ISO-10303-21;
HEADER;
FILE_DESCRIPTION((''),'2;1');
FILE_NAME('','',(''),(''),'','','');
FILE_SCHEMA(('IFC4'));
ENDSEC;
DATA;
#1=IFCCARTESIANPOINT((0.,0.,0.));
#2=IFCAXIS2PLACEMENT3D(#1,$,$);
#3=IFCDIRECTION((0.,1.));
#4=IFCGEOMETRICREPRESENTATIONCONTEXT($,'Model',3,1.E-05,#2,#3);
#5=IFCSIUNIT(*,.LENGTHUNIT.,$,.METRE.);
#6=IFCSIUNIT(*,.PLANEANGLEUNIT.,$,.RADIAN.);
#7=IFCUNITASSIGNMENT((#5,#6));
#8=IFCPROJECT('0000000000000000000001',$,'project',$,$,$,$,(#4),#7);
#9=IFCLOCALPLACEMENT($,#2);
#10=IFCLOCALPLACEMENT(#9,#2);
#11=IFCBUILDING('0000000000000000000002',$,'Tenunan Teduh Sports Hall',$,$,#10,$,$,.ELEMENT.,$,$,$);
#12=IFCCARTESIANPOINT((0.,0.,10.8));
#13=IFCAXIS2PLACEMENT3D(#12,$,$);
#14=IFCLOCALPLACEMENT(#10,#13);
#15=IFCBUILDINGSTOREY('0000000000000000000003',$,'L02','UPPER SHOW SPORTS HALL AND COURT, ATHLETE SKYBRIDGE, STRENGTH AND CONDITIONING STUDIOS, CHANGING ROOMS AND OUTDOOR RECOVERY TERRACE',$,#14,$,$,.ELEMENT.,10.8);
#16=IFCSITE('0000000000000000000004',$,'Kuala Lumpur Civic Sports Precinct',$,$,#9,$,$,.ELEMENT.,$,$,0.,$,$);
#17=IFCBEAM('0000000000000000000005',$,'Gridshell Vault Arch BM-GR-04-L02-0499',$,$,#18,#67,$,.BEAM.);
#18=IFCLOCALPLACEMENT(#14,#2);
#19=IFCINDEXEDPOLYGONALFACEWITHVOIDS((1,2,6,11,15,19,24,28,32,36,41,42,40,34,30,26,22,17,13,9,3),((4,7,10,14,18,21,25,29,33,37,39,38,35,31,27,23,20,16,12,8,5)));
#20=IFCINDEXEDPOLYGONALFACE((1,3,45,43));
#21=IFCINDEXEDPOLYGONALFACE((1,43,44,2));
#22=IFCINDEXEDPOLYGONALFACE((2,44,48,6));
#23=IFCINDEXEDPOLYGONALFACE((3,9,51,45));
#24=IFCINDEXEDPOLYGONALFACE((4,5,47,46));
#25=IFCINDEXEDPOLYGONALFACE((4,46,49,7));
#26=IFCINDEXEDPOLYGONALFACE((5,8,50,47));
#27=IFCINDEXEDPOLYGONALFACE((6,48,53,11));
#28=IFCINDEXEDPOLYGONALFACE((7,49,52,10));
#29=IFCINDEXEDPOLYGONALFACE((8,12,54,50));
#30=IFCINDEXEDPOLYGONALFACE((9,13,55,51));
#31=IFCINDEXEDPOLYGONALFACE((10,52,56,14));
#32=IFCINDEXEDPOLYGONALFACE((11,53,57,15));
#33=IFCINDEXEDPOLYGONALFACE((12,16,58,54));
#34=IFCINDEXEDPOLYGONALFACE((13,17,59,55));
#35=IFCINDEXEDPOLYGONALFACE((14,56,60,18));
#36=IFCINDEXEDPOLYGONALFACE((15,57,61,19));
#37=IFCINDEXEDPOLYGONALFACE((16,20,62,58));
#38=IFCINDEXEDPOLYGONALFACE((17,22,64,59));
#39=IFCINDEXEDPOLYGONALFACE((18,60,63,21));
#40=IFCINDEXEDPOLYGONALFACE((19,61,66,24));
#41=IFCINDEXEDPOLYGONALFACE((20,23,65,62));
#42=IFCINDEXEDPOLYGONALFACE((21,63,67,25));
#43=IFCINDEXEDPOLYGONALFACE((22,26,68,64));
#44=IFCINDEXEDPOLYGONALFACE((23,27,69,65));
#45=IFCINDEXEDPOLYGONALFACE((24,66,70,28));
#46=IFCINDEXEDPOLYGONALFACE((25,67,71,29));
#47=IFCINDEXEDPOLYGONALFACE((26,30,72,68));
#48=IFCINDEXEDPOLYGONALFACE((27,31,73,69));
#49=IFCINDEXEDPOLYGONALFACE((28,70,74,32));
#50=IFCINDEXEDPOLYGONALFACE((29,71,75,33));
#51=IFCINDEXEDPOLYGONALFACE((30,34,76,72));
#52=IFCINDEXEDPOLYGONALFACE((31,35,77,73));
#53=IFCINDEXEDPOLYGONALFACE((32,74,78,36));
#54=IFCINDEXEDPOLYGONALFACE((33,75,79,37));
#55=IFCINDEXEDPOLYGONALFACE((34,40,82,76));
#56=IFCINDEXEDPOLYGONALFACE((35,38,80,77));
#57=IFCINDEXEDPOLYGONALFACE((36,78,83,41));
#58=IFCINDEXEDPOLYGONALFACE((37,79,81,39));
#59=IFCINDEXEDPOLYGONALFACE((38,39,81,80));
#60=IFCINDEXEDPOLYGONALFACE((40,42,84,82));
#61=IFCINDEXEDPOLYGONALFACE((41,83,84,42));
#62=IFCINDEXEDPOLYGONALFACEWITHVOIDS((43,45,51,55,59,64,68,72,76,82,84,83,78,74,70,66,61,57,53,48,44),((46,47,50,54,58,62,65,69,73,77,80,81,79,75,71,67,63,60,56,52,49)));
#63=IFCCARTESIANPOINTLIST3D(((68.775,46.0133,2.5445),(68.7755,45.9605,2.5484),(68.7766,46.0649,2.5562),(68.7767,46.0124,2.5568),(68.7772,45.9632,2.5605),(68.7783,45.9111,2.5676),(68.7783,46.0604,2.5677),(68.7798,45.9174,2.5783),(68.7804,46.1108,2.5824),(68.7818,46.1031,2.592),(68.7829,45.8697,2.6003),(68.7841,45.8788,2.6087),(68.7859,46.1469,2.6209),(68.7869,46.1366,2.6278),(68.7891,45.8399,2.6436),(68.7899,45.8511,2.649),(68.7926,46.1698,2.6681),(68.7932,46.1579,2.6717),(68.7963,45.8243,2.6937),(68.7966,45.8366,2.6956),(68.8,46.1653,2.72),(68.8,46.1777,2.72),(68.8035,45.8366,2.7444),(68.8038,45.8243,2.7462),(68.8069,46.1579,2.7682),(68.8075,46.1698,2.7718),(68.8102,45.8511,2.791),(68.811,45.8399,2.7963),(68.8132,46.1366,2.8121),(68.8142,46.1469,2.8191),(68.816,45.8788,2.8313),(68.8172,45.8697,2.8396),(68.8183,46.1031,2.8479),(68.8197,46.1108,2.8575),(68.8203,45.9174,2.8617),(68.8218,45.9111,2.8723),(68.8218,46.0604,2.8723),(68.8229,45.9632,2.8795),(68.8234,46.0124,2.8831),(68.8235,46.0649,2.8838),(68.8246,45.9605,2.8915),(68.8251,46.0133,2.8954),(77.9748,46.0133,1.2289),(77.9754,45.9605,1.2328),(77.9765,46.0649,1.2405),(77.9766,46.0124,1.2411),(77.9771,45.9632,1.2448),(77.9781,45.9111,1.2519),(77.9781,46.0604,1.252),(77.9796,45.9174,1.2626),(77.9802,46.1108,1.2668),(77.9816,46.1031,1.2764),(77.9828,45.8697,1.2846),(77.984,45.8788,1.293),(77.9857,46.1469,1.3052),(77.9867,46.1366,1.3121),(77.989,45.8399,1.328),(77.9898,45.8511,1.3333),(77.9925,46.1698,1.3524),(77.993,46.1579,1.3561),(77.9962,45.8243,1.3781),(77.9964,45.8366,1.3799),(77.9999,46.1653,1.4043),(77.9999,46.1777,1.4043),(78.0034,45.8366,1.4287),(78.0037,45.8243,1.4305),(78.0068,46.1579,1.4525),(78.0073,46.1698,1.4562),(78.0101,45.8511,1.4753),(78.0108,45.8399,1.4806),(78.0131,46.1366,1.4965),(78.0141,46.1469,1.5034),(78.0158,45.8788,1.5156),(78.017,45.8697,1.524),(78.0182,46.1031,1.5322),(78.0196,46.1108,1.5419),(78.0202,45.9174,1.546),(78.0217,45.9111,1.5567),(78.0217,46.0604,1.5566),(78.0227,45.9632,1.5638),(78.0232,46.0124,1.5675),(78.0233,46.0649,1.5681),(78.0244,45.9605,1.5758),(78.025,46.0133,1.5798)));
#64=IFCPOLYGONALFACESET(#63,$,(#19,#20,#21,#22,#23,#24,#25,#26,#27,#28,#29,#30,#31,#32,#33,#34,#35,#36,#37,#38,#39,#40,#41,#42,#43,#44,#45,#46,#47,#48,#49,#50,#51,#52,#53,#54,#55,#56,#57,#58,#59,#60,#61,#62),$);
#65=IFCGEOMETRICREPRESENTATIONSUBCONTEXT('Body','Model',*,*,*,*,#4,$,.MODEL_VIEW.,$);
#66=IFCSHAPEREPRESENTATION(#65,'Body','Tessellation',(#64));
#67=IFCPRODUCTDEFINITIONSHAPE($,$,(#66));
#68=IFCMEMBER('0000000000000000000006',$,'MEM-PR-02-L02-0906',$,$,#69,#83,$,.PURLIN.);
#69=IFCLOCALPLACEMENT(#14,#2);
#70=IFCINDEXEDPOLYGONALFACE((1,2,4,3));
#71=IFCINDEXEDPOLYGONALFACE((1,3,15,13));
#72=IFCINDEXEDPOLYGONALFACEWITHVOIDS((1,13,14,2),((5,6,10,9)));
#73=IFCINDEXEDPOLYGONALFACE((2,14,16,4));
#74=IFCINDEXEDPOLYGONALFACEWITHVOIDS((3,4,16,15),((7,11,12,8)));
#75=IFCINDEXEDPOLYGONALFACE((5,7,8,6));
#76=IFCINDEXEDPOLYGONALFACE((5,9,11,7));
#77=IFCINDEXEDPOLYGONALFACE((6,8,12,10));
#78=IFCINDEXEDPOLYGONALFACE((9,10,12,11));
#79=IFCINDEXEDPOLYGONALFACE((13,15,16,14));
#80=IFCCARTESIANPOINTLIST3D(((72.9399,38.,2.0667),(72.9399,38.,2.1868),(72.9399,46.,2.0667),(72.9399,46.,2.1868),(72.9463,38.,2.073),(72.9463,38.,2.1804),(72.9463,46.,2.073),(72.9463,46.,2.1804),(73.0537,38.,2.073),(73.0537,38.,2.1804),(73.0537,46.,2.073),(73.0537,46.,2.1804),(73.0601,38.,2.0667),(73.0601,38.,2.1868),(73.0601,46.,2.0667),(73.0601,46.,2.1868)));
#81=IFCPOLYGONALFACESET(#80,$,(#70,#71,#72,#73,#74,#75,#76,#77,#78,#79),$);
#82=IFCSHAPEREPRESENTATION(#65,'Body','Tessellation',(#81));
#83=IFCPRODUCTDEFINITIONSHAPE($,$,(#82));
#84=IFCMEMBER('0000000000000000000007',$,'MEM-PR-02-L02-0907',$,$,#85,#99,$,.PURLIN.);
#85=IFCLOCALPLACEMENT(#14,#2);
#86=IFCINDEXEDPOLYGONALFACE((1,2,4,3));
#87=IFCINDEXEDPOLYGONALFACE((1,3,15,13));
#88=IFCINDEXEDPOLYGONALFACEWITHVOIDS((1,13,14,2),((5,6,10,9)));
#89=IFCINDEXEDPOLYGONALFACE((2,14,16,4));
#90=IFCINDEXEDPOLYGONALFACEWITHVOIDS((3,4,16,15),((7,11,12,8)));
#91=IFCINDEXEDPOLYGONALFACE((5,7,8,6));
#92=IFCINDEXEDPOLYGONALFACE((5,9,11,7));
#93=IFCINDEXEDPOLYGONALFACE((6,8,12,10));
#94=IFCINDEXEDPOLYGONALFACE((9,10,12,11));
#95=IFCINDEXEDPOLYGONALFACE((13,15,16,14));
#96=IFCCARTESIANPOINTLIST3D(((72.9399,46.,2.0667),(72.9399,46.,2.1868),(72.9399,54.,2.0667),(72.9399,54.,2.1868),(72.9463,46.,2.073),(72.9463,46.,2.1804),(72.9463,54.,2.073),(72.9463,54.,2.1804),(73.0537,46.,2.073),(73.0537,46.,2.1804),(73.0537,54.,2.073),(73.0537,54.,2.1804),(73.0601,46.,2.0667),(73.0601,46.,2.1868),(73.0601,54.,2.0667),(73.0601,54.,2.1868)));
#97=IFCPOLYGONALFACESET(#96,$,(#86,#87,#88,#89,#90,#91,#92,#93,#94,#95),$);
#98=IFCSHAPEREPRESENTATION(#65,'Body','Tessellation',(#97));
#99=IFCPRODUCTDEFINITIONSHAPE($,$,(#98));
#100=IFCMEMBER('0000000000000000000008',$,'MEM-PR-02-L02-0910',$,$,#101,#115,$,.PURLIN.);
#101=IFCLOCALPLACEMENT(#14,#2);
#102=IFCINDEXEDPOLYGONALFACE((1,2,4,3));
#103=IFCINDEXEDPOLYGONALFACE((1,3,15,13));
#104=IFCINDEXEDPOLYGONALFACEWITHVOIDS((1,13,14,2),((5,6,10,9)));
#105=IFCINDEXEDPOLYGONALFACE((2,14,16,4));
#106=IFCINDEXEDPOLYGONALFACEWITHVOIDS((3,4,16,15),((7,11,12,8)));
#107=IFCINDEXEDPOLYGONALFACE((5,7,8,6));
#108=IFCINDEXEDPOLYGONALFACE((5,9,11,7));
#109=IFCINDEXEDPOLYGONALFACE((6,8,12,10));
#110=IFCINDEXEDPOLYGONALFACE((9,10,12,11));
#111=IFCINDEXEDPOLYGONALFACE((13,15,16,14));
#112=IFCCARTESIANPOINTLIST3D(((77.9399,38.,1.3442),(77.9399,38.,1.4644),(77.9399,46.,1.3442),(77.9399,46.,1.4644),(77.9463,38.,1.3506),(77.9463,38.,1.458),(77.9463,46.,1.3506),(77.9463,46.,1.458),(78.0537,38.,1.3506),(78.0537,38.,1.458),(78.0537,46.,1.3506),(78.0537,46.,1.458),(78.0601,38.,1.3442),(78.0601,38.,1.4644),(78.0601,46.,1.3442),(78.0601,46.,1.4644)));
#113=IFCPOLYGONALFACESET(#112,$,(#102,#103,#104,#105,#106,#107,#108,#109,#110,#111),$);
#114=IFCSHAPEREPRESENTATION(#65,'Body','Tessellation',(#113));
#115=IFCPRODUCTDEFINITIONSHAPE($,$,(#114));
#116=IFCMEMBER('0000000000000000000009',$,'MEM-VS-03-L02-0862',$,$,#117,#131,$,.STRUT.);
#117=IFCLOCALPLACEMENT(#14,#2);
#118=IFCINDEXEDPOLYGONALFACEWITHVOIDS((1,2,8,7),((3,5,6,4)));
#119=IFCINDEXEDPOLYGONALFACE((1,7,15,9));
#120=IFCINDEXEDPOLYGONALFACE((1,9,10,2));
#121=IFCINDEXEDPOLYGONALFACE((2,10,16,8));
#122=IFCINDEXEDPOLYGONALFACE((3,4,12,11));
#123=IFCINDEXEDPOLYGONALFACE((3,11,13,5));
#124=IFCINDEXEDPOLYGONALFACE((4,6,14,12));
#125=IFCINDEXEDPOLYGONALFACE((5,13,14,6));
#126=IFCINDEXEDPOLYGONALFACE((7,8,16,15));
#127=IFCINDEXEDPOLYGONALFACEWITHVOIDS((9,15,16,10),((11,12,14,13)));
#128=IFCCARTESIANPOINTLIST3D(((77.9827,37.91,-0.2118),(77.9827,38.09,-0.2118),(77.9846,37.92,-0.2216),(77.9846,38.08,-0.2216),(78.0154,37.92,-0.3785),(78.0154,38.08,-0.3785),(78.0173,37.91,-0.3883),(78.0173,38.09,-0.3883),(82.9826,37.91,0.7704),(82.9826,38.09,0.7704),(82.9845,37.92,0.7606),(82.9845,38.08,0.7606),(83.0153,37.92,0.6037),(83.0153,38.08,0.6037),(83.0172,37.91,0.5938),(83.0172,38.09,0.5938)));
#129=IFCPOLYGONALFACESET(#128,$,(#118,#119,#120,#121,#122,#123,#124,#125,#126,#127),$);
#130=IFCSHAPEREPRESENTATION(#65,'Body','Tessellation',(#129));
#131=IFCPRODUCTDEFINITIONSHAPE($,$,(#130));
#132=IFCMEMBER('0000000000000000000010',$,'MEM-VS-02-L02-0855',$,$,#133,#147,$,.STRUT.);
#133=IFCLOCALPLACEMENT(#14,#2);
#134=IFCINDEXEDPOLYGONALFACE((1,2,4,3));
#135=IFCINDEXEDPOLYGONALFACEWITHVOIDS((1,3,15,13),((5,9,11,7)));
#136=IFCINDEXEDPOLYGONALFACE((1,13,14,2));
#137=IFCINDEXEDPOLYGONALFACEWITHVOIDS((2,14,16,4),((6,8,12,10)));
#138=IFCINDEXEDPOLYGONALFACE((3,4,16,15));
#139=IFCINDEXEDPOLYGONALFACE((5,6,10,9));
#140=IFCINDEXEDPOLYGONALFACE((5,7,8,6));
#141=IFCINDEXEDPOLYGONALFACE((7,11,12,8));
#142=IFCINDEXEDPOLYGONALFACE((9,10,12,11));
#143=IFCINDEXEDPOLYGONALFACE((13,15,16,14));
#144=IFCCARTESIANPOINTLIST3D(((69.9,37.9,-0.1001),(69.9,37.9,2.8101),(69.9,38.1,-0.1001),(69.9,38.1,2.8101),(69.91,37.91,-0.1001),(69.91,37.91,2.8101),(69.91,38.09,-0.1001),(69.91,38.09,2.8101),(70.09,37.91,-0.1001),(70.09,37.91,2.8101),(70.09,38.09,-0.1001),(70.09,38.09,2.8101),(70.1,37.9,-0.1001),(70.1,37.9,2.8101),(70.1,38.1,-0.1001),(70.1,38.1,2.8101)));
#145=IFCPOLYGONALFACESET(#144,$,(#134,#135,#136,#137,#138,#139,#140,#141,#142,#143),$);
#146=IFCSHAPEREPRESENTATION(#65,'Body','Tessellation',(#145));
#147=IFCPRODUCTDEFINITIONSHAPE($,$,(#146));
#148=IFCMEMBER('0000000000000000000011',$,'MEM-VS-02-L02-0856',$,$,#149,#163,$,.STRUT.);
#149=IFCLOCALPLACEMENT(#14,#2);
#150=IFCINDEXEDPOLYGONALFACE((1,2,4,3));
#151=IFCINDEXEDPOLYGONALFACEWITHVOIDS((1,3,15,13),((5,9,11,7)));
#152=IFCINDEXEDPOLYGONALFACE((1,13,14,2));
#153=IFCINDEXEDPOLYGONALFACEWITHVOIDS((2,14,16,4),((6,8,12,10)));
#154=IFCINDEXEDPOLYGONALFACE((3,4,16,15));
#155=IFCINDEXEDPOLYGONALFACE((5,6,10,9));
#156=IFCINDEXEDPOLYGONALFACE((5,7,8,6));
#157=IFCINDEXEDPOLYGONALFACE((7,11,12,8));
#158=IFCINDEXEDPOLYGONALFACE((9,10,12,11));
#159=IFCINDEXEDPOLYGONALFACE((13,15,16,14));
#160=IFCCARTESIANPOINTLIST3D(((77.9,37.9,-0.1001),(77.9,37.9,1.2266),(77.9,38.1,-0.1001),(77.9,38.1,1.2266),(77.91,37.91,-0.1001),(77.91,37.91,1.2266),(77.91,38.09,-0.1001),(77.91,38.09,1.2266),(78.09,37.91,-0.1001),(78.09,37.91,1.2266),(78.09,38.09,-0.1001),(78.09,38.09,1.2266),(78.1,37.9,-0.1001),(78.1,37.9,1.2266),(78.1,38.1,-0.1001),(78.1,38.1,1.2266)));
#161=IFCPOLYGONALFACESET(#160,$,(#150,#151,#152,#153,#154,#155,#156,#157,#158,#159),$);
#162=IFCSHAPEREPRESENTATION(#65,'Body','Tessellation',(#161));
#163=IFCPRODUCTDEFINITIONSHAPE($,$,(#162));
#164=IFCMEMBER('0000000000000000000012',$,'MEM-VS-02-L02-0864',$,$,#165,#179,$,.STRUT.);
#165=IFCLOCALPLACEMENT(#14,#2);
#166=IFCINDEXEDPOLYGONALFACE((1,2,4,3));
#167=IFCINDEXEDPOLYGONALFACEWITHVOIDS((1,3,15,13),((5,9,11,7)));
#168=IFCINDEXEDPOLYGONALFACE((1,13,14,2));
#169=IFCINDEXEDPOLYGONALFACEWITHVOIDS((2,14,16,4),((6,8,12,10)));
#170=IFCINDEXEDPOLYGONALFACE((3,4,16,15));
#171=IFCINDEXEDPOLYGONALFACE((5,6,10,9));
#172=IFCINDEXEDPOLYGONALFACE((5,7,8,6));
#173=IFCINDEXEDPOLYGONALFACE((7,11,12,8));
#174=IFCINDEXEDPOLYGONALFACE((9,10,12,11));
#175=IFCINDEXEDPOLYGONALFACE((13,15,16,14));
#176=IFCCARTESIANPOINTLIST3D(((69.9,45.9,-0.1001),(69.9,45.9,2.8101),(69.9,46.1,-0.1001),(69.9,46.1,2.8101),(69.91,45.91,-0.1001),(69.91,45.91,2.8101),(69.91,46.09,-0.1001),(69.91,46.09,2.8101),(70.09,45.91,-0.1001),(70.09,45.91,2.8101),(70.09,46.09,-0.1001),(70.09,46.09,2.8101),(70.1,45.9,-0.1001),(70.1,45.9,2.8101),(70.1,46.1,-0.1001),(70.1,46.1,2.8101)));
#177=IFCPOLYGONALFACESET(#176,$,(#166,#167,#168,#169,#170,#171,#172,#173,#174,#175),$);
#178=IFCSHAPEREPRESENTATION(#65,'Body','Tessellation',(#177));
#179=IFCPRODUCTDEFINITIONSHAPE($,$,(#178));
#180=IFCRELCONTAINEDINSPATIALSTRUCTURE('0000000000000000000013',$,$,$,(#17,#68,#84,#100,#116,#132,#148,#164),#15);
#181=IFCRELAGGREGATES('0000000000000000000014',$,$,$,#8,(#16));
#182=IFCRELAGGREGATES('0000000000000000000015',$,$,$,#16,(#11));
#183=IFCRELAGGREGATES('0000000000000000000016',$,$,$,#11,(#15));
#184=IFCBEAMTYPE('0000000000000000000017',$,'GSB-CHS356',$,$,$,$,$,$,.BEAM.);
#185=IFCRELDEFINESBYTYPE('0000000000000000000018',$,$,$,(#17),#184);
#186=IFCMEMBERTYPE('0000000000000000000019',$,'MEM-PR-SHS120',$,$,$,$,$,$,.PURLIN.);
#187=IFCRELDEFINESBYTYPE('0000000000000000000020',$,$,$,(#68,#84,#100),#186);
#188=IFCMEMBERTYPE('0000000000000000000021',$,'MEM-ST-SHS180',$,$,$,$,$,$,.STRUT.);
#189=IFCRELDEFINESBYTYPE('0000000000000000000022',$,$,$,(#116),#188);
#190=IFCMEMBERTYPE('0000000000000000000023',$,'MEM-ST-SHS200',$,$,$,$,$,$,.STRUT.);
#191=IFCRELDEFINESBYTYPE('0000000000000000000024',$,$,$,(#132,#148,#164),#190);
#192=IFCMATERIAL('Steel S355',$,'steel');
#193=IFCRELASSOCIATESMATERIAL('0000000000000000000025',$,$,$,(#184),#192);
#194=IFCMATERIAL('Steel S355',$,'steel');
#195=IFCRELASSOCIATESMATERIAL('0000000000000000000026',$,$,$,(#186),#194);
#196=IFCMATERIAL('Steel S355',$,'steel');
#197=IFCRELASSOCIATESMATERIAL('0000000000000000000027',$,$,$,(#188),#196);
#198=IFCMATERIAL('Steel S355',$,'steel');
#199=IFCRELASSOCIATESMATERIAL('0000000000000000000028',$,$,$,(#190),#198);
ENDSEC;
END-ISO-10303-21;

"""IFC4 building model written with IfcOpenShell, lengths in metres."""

from ifc_helpers import new_model, si_unit, direction, frame, origin, origin_2d, place, context, subcontext, project, spatial, hollow_rectangle, hollow_circle, extrude, material, material_profile, profile_set, type_object, element, save


model = new_model("IFC4")

# Units and contexts
model_context = context("Model", 3, precision=1e-05, world=origin(), true_north=direction((0.0, 1.0)))
body_context = subcontext(model_context, "Body", "Model", "MODEL_VIEW")
ifc_project = project(units=[si_unit("LENGTHUNIT", "METRE"), si_unit("PLANEANGLEUNIT", "RADIAN")], contexts=[model_context])

# Site, building, storey
site_placement = place(None, origin())
site = spatial("IfcSite", under=ifc_project, at=site_placement, Name="Kuala Lumpur Civic Sports Precinct", CompositionType="ELEMENT", RefElevation=0.0)
building_placement = place(site_placement, origin())
building = spatial("IfcBuilding", under=site, at=building_placement, Name="Tenunan Teduh Sports Hall", CompositionType="ELEMENT")
storey_placement = place(building_placement, frame((0.0, 0.0, 10.8)))
storey = spatial("IfcBuildingStorey", under=building, at=storey_placement, Name="L02", Description="UPPER SHOW SPORTS HALL AND COURT, ATHLETE SKYBRIDGE, STRENGTH AND CONDITIONING STUDIOS, CHANGING ROOMS AND OUTDOOR RECOVERY TERRACE", CompositionType="ELEMENT", Elevation=10.8)

# Beam
ifc_material_1 = material(Name="Steel S355", Category="steel")
ifc_material_profile_1 = material_profile(ifc_material_1, hollow_circle(Radius=0.1777, WallThickness=0.0125, at=origin_2d()), Name="CHS 355.6x12.5")
ifc_profile_set_1 = profile_set([ifc_material_profile_1], Name="Steel S355")
beam_type_1 = type_object("IfcBeamType", Name="GSB-CHS356", PredefinedType="BEAM", material=ifc_profile_set_1)
beam_1_placement = place(storey_placement, frame((68.8, 46.0, 2.72), z_axis=(0.989928, 0.0, -0.141568), x_axis=(0.0, 1.0, 0.0)))
element("IfcBeam", 1, at=beam_1_placement, inside=storey, type_object=beam_type_1, Name="Gridshell Vault Arch BM-GR-04-L02-0499", PredefinedType="BEAM", context=body_context, shape_type="SweptSolid", body=[
    extrude(hollow_circle(Radius=0.1777, WallThickness=0.0125, at=origin_2d()), origin(), (0.0, 0.0, 1.0), 9.2935),
])

# Members
ifc_material_2 = material(Name="Steel S355", Category="steel")
ifc_material_profile_2 = material_profile(ifc_material_2, hollow_rectangle(XDim=0.1201, YDim=0.1201, WallThickness=0.0063, at=origin_2d()), Name="SHS 120x120x6.3")
ifc_profile_set_2 = profile_set([ifc_material_profile_2], Name="Steel S355")
member_type_1 = type_object("IfcMemberType", Name="MEM-PR-SHS120", PredefinedType="PURLIN", material=ifc_profile_set_2)
for number, where, z_axis, x_axis, name in (
    (2, (73.0, 38.0, 2.1267), (0.0, 1.0, 0.0), (-1.0, 0.0, 0.0), "MEM-PR-02-L02-0906"),
    (3, (73.0, 46.0, 2.1267), (0.0, 1.0, 0.0), (-1.0, 0.0, 0.0), "MEM-PR-02-L02-0907"),
    (4, (78.0, 38.0, 1.4043), (0.0, 1.0, 0.0), (-1.0, 0.0, 0.0), "MEM-PR-02-L02-0910"),
):
    element("IfcMember", number, at=place(storey_placement, frame(where, z_axis=z_axis, x_axis=x_axis)), inside=storey, type_object=member_type_1, Name=name, PredefinedType="PURLIN", context=body_context, shape_type="SweptSolid", body=[
        extrude(hollow_rectangle(XDim=0.1201, YDim=0.1201, WallThickness=0.0063, at=origin_2d()), origin(), (0.0, 0.0, 1.0), 8.0),
    ])
ifc_material_3 = material(Name="Steel S355", Category="steel")
ifc_material_profile_3 = material_profile(ifc_material_3, hollow_rectangle(XDim=0.1799, YDim=0.1799, WallThickness=0.01, at=origin_2d()), Name="SHS 180x180x10.0")
ifc_profile_set_3 = profile_set([ifc_material_profile_3], Name="Steel S355")
member_type_2 = type_object("IfcMemberType", Name="MEM-ST-SHS180", PredefinedType="STRUT", material=ifc_profile_set_3)
member_1_placement = place(storey_placement, frame((78.0, 38.0, -0.3), z_axis=(0.981248, 0.0, 0.192752), x_axis=(0.0, 1.0, 0.0)))
element("IfcMember", 5, at=member_1_placement, inside=storey, type_object=member_type_2, Name="MEM-VS-03-L02-0862", PredefinedType="STRUT", context=body_context, shape_type="SweptSolid", body=[
    extrude(hollow_rectangle(XDim=0.1799, YDim=0.1799, WallThickness=0.01, at=origin_2d()), origin(), (0.0, 0.0, 1.0), 5.0955),
])
ifc_material_4 = material(Name="Steel S355", Category="steel")
ifc_material_profile_4 = material_profile(ifc_material_4, hollow_rectangle(XDim=0.2, YDim=0.2, WallThickness=0.01, at=origin_2d()), Name="SHS 200x200x10.0")
ifc_profile_set_4 = profile_set([ifc_material_profile_4], Name="Steel S355")
member_type_3 = type_object("IfcMemberType", Name="MEM-ST-SHS200", PredefinedType="STRUT", material=ifc_profile_set_4)
member_2_placement = place(storey_placement, frame((70.0, 38.0, -0.1001), z_axis=(0.0, 0.0, 1.0), x_axis=(1.0, 0.0, 0.0)))
element("IfcMember", 6, at=member_2_placement, inside=storey, type_object=member_type_3, Name="MEM-VS-02-L02-0855", PredefinedType="STRUT", context=body_context, shape_type="SweptSolid", body=[
    extrude(hollow_rectangle(XDim=0.2, YDim=0.2, WallThickness=0.01, at=origin_2d()), origin(), (0.0, 0.0, 1.0), 2.9102),
])
member_3_placement = place(storey_placement, frame((78.0, 38.0, -0.1001), z_axis=(0.0, 0.0, 1.0), x_axis=(1.0, 0.0, 0.0)))
element("IfcMember", 7, at=member_3_placement, inside=storey, type_object=member_type_3, Name="MEM-VS-02-L02-0856", PredefinedType="STRUT", context=body_context, shape_type="SweptSolid", body=[
    extrude(hollow_rectangle(XDim=0.2, YDim=0.2, WallThickness=0.01, at=origin_2d()), origin(), (0.0, 0.0, 1.0), 1.3267),
])
member_4_placement = place(storey_placement, frame((70.0, 46.0, -0.1001), z_axis=(0.0, 0.0, 1.0), x_axis=(1.0, 0.0, 0.0)))
element("IfcMember", 8, at=member_4_placement, inside=storey, type_object=member_type_3, Name="MEM-VS-02-L02-0864", PredefinedType="STRUT", context=body_context, shape_type="SweptSolid", body=[
    extrude(hollow_rectangle(XDim=0.2, YDim=0.2, WallThickness=0.01, at=origin_2d()), origin(), (0.0, 0.0, 1.0), 2.9102),
])

save(model, "model.ifc")
